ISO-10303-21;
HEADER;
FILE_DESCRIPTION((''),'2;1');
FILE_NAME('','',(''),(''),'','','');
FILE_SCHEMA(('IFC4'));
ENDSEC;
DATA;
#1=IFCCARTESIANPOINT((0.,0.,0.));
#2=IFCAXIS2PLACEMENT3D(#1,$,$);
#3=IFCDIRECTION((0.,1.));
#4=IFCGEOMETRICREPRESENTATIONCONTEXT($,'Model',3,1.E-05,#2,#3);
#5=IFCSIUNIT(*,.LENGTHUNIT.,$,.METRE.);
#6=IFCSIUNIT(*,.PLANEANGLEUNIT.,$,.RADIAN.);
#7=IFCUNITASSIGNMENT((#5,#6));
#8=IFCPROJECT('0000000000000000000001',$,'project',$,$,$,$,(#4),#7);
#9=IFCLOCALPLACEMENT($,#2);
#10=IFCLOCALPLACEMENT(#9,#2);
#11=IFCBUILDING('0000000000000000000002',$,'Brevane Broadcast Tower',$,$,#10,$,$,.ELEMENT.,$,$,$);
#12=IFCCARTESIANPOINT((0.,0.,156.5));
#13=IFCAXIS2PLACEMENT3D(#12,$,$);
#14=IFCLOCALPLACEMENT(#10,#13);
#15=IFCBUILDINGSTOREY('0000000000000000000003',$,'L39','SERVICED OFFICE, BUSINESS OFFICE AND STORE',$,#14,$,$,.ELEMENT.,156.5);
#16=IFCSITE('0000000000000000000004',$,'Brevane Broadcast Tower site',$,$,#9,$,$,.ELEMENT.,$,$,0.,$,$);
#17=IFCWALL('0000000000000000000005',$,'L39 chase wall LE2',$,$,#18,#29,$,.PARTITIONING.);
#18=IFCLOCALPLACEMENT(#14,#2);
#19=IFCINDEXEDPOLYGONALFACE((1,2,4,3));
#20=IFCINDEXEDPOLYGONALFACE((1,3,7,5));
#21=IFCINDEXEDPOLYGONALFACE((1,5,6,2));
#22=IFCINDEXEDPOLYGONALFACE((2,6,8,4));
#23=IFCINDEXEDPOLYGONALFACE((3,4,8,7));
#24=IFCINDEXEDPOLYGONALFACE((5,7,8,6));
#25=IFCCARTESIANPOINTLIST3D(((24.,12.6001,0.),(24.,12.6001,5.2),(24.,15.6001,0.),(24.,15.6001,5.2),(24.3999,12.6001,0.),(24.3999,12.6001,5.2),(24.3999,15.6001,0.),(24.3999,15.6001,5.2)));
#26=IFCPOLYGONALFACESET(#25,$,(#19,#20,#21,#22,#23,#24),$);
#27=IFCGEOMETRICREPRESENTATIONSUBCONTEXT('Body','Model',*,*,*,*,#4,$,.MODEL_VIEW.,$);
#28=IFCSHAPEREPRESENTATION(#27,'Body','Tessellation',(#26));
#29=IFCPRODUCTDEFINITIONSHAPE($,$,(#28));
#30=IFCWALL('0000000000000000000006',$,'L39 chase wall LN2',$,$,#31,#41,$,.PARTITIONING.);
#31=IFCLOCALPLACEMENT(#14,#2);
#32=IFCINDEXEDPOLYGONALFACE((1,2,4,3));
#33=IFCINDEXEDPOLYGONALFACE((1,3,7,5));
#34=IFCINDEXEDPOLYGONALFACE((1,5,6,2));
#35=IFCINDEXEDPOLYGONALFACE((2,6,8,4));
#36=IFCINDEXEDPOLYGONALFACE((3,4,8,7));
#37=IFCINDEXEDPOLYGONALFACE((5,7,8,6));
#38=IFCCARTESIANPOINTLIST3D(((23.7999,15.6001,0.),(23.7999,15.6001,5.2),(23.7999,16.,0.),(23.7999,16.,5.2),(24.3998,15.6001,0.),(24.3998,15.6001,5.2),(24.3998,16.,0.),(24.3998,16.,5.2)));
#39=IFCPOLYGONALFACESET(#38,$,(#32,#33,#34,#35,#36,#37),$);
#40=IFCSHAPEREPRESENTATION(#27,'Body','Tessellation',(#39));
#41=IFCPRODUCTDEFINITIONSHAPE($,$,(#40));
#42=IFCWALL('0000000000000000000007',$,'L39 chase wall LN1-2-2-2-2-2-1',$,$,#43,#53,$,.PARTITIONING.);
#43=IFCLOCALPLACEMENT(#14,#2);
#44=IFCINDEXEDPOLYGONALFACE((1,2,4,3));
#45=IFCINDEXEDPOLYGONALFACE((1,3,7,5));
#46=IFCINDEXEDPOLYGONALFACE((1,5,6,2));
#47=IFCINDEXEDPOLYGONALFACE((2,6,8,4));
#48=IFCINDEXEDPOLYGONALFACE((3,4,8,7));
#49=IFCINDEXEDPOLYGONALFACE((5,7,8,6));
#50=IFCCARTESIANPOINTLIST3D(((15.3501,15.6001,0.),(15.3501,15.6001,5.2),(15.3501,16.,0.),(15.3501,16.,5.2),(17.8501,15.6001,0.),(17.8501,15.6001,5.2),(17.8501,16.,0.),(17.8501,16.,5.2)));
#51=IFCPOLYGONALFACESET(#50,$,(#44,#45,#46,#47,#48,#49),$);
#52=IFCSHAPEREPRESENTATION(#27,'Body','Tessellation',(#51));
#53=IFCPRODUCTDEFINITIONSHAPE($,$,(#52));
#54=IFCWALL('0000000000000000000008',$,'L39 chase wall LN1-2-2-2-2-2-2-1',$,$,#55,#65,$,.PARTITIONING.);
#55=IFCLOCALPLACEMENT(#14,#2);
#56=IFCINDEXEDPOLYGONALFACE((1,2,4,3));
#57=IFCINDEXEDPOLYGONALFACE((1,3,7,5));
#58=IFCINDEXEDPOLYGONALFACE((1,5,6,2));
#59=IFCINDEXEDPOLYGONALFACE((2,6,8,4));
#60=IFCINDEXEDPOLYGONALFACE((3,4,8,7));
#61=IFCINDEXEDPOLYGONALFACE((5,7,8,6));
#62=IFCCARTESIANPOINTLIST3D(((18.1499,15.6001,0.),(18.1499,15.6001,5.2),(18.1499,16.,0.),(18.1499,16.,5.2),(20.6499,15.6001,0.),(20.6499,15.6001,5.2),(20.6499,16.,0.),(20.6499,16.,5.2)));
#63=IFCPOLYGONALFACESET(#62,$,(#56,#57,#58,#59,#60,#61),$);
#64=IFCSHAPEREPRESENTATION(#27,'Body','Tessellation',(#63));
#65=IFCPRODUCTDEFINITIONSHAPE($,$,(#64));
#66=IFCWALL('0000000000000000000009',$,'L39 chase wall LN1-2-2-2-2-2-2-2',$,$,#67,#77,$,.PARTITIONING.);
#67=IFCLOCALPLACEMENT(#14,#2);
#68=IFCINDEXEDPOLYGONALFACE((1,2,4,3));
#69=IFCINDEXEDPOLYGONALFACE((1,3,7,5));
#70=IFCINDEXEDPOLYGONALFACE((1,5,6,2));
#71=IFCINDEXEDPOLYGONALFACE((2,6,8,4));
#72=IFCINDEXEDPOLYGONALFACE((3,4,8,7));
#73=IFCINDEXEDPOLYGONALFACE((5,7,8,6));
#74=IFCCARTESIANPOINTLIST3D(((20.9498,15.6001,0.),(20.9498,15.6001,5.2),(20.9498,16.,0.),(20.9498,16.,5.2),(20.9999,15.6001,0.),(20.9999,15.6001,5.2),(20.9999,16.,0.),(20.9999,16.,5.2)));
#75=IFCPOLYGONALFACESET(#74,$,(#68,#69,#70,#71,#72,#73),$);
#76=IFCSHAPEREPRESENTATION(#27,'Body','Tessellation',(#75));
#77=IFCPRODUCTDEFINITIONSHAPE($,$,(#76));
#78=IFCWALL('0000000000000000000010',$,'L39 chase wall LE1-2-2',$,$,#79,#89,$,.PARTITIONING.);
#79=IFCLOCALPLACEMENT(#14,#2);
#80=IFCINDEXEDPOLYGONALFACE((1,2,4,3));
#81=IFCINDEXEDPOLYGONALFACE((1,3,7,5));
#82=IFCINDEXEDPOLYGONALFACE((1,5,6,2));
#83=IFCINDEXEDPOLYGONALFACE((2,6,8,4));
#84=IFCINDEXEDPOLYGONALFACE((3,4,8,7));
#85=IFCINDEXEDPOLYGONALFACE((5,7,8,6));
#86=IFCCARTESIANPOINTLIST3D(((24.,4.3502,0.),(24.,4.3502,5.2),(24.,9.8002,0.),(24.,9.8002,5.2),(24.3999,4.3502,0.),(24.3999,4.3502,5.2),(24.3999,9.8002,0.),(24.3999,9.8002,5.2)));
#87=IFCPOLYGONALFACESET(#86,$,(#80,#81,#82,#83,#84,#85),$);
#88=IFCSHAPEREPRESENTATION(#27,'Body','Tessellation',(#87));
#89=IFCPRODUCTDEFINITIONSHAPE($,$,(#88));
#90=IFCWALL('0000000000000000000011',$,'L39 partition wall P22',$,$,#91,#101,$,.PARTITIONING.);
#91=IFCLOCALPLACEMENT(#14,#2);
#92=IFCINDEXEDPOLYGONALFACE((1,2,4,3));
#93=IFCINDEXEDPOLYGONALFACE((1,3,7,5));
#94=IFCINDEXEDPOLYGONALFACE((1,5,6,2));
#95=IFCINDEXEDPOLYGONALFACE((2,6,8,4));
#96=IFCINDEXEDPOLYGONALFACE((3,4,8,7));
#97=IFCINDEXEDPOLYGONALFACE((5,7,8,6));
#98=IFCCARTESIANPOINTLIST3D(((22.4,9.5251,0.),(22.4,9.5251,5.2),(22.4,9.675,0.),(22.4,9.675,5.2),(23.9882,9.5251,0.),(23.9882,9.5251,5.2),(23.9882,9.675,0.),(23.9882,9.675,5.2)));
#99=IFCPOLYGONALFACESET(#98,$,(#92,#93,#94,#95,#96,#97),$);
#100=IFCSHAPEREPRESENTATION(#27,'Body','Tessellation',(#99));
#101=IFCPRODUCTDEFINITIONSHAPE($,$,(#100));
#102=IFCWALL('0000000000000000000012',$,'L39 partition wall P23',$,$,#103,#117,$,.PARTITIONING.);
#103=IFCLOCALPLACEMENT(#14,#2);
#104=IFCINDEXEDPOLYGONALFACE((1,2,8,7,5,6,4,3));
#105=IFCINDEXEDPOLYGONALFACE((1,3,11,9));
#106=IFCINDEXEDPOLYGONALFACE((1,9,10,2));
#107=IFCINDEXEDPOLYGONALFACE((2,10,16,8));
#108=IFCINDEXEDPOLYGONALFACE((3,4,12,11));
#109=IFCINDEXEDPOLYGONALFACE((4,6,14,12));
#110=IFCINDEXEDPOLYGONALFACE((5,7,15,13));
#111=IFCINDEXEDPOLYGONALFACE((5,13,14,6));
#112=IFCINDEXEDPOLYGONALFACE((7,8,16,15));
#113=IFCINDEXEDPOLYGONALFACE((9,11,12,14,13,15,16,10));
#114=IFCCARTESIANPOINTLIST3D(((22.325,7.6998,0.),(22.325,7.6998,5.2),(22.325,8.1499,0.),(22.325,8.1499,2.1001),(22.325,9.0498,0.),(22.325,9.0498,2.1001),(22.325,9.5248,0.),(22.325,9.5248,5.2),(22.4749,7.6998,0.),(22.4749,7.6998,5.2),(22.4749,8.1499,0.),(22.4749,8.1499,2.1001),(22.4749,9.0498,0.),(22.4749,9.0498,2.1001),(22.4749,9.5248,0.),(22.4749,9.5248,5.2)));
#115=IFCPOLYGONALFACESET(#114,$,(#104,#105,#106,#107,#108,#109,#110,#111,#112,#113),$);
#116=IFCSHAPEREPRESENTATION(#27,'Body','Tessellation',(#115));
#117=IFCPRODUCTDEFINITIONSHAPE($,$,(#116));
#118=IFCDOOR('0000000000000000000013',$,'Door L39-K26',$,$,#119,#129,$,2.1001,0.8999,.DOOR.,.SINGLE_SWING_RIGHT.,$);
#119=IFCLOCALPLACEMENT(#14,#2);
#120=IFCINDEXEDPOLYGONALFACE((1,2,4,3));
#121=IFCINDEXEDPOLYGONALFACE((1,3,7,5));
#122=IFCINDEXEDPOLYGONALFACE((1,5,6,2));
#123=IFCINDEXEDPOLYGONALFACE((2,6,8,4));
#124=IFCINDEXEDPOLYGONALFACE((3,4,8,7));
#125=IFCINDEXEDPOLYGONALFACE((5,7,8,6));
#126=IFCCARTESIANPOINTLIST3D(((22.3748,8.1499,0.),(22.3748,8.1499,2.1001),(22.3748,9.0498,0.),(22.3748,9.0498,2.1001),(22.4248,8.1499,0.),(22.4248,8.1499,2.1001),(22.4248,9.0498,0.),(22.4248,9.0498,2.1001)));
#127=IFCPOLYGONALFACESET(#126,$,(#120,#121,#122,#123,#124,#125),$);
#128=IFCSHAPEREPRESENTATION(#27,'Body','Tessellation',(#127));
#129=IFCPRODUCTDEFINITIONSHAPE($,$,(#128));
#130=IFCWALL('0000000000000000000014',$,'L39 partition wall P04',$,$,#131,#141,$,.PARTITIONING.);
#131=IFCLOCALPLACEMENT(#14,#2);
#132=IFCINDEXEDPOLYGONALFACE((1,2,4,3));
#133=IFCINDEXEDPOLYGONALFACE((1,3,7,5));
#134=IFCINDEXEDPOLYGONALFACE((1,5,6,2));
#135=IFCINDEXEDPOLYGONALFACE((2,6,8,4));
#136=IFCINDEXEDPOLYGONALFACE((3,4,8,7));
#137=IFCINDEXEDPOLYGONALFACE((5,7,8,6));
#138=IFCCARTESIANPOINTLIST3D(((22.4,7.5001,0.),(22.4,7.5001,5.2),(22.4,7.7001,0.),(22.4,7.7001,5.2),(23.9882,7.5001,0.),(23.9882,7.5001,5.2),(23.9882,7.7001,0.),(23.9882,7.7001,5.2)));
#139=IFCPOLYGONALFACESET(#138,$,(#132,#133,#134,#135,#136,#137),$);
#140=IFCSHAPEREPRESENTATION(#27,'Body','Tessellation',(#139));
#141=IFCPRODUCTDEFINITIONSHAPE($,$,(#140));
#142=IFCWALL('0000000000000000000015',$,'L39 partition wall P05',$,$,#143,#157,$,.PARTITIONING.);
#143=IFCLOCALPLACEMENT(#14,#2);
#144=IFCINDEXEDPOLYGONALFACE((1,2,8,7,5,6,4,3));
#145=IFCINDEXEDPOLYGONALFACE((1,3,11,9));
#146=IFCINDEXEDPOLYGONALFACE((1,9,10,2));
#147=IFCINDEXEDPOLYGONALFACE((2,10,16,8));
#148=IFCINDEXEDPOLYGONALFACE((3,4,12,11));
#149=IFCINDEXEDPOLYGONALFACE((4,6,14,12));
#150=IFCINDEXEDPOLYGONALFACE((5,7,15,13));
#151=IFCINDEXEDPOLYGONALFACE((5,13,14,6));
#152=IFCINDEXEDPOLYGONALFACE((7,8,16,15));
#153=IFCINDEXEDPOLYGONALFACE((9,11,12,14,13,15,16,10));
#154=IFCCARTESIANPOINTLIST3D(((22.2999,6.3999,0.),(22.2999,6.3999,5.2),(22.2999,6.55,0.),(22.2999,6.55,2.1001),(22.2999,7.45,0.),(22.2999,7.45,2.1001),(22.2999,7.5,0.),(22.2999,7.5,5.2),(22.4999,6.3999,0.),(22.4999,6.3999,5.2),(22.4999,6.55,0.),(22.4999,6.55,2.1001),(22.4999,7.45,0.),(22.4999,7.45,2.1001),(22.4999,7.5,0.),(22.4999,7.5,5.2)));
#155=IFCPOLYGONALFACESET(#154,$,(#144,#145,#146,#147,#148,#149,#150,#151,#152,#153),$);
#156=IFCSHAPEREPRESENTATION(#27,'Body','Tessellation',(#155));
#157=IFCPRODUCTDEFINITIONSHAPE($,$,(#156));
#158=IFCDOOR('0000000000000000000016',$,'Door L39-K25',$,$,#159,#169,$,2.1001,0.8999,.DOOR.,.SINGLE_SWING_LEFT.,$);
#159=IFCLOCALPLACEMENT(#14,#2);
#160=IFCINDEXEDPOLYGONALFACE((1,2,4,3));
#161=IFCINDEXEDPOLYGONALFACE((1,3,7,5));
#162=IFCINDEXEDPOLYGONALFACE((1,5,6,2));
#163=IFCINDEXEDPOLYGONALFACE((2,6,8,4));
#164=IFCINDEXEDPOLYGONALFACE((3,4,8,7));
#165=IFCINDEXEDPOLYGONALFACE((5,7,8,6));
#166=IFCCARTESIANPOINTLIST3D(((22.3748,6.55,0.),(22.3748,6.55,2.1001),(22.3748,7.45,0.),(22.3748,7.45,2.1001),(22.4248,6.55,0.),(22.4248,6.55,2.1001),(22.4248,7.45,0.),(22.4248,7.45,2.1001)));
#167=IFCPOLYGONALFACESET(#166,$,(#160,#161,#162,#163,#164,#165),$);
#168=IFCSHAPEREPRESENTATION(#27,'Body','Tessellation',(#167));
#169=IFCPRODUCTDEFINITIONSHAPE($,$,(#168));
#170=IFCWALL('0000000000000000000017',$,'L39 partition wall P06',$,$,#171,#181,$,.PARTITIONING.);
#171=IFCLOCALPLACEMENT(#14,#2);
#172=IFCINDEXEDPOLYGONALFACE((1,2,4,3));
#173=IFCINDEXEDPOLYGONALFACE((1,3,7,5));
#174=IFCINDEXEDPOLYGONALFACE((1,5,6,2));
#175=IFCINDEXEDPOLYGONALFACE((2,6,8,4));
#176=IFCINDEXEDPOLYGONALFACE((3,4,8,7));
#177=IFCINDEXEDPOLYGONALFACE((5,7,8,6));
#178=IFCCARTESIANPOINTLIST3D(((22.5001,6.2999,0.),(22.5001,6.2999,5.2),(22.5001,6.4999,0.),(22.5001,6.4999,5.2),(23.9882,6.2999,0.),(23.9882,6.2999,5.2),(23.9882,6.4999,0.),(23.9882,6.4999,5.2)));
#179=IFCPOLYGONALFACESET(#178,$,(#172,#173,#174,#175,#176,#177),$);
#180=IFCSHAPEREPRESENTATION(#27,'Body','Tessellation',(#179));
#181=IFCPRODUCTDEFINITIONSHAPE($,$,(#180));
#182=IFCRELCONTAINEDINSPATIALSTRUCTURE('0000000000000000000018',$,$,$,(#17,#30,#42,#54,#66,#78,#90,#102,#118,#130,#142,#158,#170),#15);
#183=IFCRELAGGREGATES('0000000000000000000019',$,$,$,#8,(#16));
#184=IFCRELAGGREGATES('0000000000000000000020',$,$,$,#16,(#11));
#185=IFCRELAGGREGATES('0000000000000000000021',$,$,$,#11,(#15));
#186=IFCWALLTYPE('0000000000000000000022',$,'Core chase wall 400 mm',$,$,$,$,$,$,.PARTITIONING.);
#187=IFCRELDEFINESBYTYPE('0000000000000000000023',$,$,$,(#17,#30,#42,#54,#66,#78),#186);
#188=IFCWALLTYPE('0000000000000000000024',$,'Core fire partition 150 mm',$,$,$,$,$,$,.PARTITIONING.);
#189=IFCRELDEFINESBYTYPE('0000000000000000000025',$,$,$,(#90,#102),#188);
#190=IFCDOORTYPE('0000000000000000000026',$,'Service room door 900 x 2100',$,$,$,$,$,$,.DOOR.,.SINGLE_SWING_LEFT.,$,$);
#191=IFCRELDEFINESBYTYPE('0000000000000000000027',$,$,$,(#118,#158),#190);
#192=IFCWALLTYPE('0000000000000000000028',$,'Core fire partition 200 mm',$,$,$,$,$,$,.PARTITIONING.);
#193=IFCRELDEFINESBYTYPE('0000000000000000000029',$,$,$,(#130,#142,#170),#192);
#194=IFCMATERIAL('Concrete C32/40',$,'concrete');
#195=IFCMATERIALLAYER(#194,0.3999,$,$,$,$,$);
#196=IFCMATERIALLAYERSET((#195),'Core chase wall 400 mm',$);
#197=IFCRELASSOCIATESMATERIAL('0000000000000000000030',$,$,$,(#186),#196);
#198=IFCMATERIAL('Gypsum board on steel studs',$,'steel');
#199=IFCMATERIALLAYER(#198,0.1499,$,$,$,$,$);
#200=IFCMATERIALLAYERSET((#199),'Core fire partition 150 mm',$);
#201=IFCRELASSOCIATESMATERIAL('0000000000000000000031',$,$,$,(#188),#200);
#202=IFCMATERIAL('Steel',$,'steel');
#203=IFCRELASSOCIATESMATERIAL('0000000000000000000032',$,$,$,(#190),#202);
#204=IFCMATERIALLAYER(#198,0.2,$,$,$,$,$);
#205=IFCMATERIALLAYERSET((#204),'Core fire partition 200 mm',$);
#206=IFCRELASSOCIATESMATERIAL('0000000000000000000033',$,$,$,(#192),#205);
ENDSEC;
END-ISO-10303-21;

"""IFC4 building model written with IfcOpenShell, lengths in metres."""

from ifc_helpers import new_model, si_unit, direction, frame, frame_2d, origin, place, context, subcontext, project, spatial, rectangle, extrude, material, layer, layer_set, type_object, element, fill, save


model = new_model("IFC4")

# Units and contexts
model_context = context("Model", 3, precision=1e-05, world=origin(), true_north=direction((0.0, 1.0)))
body_context = subcontext(model_context, "Body", "Model", "MODEL_VIEW")
ifc_project = project(units=[si_unit("LENGTHUNIT", "METRE"), si_unit("PLANEANGLEUNIT", "RADIAN")], contexts=[model_context])

# Site, building, storey
site_placement = place(None, origin())
site = spatial("IfcSite", under=ifc_project, at=site_placement, Name="Brevane Broadcast Tower site", CompositionType="ELEMENT", RefElevation=0.0)
building_placement = place(site_placement, origin())
building = spatial("IfcBuilding", under=site, at=building_placement, Name="Brevane Broadcast Tower", CompositionType="ELEMENT")
storey_placement = place(building_placement, frame((0.0, 0.0, 156.5)))
storey = spatial("IfcBuildingStorey", under=building, at=storey_placement, Name="L39", Description="SERVICED OFFICE, BUSINESS OFFICE AND STORE", CompositionType="ELEMENT", Elevation=156.5)

# Walls
ifc_material_1 = material(Name="Concrete C32/40", Category="concrete")
ifc_layer_1 = layer(ifc_material_1, 0.3999)
ifc_layer_set_1 = layer_set([ifc_layer_1], Name="Core chase wall 400 mm")
wall_type_1 = type_object("IfcWallType", Name="Core chase wall 400 mm", PredefinedType="PARTITIONING", material=ifc_layer_set_1)
wall_1_placement = place(storey_placement, frame((24.2, 12.6001, 0.0), z_axis=(0.0, 0.0, 1.0), x_axis=(0.0, 1.0, 0.0)))
element("IfcWall", 1, at=wall_1_placement, inside=storey, type_object=wall_type_1, Name="L39 chase wall LE2", PredefinedType="PARTITIONING", context=body_context, shape_type="SweptSolid", body=[
    extrude(rectangle(XDim=3.0, YDim=0.3999, at=frame_2d((1.5, 0.0))), origin(), (0.0, 0.0, 1.0), 5.2),
])
wall_2_placement = place(storey_placement, frame((23.8, 15.8, 0.0), z_axis=(0.0, 0.0, 1.0), x_axis=(1.0, 0.0, 0.0)))
element("IfcWall", 2, at=wall_2_placement, inside=storey, type_object=wall_type_1, Name="L39 chase wall LN2", PredefinedType="PARTITIONING", context=body_context, shape_type="SweptSolid", body=[
    extrude(rectangle(XDim=0.5999, YDim=0.3999, at=frame_2d((0.2998, 0.0))), origin(), (0.0, 0.0, 1.0), 5.2),
])
for number, where, z_axis, x_axis, name in (
    (3, (15.3501, 15.8, 0.0), (0.0, 0.0, 1.0), (1.0, 0.0, 0.0), "L39 chase wall LN1-2-2-2-2-2-1"),
    (4, (18.1499, 15.8, 0.0), (0.0, 0.0, 1.0), (1.0, 0.0, 0.0), "L39 chase wall LN1-2-2-2-2-2-2-1"),
):
    element("IfcWall", number, at=place(storey_placement, frame(where, z_axis=z_axis, x_axis=x_axis)), inside=storey, type_object=wall_type_1, Name=name, PredefinedType="PARTITIONING", context=body_context, shape_type="SweptSolid", body=[
        extrude(rectangle(XDim=2.5, YDim=0.3999, at=frame_2d((1.25, 0.0))), origin(), (0.0, 0.0, 1.0), 5.2),
    ])
wall_3_placement = place(storey_placement, frame((20.95, 15.8, 0.0), z_axis=(0.0, 0.0, 1.0), x_axis=(1.0, 0.0, 0.0)))
element("IfcWall", 5, at=wall_3_placement, inside=storey, type_object=wall_type_1, Name="L39 chase wall LN1-2-2-2-2-2-2-2", PredefinedType="PARTITIONING", context=body_context, shape_type="SweptSolid", body=[
    extrude(rectangle(XDim=0.05, YDim=0.3999, at=frame_2d((0.0249, 0.0))), origin(), (0.0, 0.0, 1.0), 5.2),
])
wall_4_placement = place(storey_placement, frame((24.2, 4.3501, 0.0), z_axis=(0.0, 0.0, 1.0), x_axis=(0.0, 1.0, 0.0)))
element("IfcWall", 6, at=wall_4_placement, inside=storey, type_object=wall_type_1, Name="L39 chase wall LE1-2-2", PredefinedType="PARTITIONING", context=body_context, shape_type="SweptSolid", body=[
    extrude(rectangle(XDim=5.45, YDim=0.3999, at=frame_2d((2.7251, 0.0))), origin(), (0.0, 0.0, 1.0), 5.2),
])
ifc_material_2 = material(Name="Gypsum board on steel studs", Category="steel")
ifc_layer_2 = layer(ifc_material_2, 0.1499)
ifc_layer_set_2 = layer_set([ifc_layer_2], Name="Core fire partition 150 mm")
wall_type_2 = type_object("IfcWallType", Name="Core fire partition 150 mm", PredefinedType="PARTITIONING", material=ifc_layer_set_2)
wall_5_placement = place(storey_placement, frame((23.988, 9.6001, 0.0), z_axis=(0.0, 0.0, 1.0), x_axis=(-1.0, 0.0, 0.0)))
element("IfcWall", 7, at=wall_5_placement, inside=storey, type_object=wall_type_2, Name="L39 partition wall P22", PredefinedType="PARTITIONING", context=body_context, shape_type="SweptSolid", body=[
    extrude(rectangle(XDim=1.5881, YDim=0.1499, at=frame_2d((0.7939, 0.0))), origin(), (0.0, 0.0, 1.0), 5.2),
])

# Wall, opening, door
wall_6_placement = place(storey_placement, frame((22.3999, 9.5249, 0.0), z_axis=(0.0, 0.0, 1.0), x_axis=(0.0, -1.0, 0.0)))
wall_6 = element("IfcWall", 8, at=wall_6_placement, inside=storey, type_object=wall_type_2, Name="L39 partition wall P23", PredefinedType="PARTITIONING", context=body_context, shape_type="SweptSolid", body=[
    extrude(rectangle(XDim=1.825, YDim=0.1499, at=frame_2d((0.9126, 0.0))), origin(), (0.0, 0.0, 1.0), 5.2),
])
opening_1_placement = place(wall_6_placement, frame((0.4751, 0.0, 0.0)))
opening_1 = element("IfcOpeningElement", 9, at=opening_1_placement, cuts=wall_6, PredefinedType="OPENING", context=body_context, shape_type="SweptSolid", body=[
    extrude(rectangle(XDim=0.8999, YDim=2.1001, at=frame_2d((0.45, 1.05))), frame((0.0, 0.085, 0.0), z_axis=(0.0, -1.0, 0.0), x_axis=(1.0, 0.0, 0.0)), (0.0, 0.0, 1.0), 0.1699),
])
ifc_material_3 = material(Name="Steel", Category="steel")
door_type_1 = type_object("IfcDoorType", Name="Service room door 900 x 2100", OperationType="SINGLE_SWING_LEFT", PredefinedType="DOOR", material=ifc_material_3)
door_1_placement = place(opening_1_placement, origin())
door_1 = element("IfcDoor", 10, at=door_1_placement, inside=storey, type_object=door_type_1, Name="Door L39-K26", OperationType="SINGLE_SWING_RIGHT", OverallHeight=2.1001, OverallWidth=0.8999, PredefinedType="DOOR", context=body_context, shape_type="SweptSolid", body=[
    extrude(rectangle(XDim=0.8999, YDim=2.1001, at=frame_2d((0.45, 1.05))), frame((0.0, 0.0249, 0.0), z_axis=(0.0, -1.0, 0.0), x_axis=(1.0, 0.0, 0.0)), (0.0, 0.0, 1.0), 0.05),
])
fill(opening_1, door_1)

# Wall
ifc_layer_3 = layer(ifc_material_2, 0.2)
ifc_layer_set_3 = layer_set([ifc_layer_3], Name="Core fire partition 200 mm")
wall_type_3 = type_object("IfcWallType", Name="Core fire partition 200 mm", PredefinedType="PARTITIONING", material=ifc_layer_set_3)
wall_7_placement = place(storey_placement, frame((23.988, 7.6001, 0.0), z_axis=(0.0, 0.0, 1.0), x_axis=(-1.0, 0.0, 0.0)))
element("IfcWall", 11, at=wall_7_placement, inside=storey, type_object=wall_type_3, Name="L39 partition wall P04", PredefinedType="PARTITIONING", context=body_context, shape_type="SweptSolid", body=[
    extrude(rectangle(XDim=1.5881, YDim=0.2, at=frame_2d((0.7939, 0.0))), origin(), (0.0, 0.0, 1.0), 5.2),
])

# Wall, opening, door
wall_8_placement = place(storey_placement, frame((22.3999, 7.5, 0.0), z_axis=(0.0, 0.0, 1.0), x_axis=(0.0, -1.0, 0.0)))
wall_8 = element("IfcWall", 12, at=wall_8_placement, inside=storey, type_object=wall_type_3, Name="L39 partition wall P05", PredefinedType="PARTITIONING", context=body_context, shape_type="SweptSolid", body=[
    extrude(rectangle(XDim=1.1001, YDim=0.2, at=frame_2d((0.55, 0.0))), origin(), (0.0, 0.0, 1.0), 5.2),
])
opening_2_placement = place(wall_8_placement, frame((0.05, 0.0, 0.0)))
opening_2 = element("IfcOpeningElement", 13, at=opening_2_placement, cuts=wall_8, PredefinedType="OPENING", context=body_context, shape_type="SweptSolid", body=[
    extrude(rectangle(XDim=0.8999, YDim=2.1001, at=frame_2d((0.45, 1.05))), frame((0.0, 0.1099, 0.0), z_axis=(0.0, -1.0, 0.0), x_axis=(1.0, 0.0, 0.0)), (0.0, 0.0, 1.0), 0.22),
])
door_2_placement = place(opening_2_placement, origin())
door_2 = element("IfcDoor", 14, at=door_2_placement, inside=storey, type_object=door_type_1, Name="Door L39-K25", OperationType="SINGLE_SWING_LEFT", OverallHeight=2.1001, OverallWidth=0.8999, PredefinedType="DOOR", context=body_context, shape_type="SweptSolid", body=[
    extrude(rectangle(XDim=0.8999, YDim=2.1001, at=frame_2d((0.45, 1.05))), frame((0.0, 0.0249, 0.0), z_axis=(0.0, -1.0, 0.0), x_axis=(1.0, 0.0, 0.0)), (0.0, 0.0, 1.0), 0.05),
])
fill(opening_2, door_2)

# Wall
wall_9_placement = place(storey_placement, frame((22.5, 6.3999, 0.0), z_axis=(0.0, 0.0, 1.0), x_axis=(1.0, 0.0, 0.0)))
element("IfcWall", 15, at=wall_9_placement, inside=storey, type_object=wall_type_3, Name="L39 partition wall P06", PredefinedType="PARTITIONING", context=body_context, shape_type="SweptSolid", body=[
    extrude(rectangle(XDim=1.488, YDim=0.2, at=frame_2d((0.7441, 0.0))), origin(), (0.0, 0.0, 1.0), 5.2),
])

save(model, "model.ifc")
